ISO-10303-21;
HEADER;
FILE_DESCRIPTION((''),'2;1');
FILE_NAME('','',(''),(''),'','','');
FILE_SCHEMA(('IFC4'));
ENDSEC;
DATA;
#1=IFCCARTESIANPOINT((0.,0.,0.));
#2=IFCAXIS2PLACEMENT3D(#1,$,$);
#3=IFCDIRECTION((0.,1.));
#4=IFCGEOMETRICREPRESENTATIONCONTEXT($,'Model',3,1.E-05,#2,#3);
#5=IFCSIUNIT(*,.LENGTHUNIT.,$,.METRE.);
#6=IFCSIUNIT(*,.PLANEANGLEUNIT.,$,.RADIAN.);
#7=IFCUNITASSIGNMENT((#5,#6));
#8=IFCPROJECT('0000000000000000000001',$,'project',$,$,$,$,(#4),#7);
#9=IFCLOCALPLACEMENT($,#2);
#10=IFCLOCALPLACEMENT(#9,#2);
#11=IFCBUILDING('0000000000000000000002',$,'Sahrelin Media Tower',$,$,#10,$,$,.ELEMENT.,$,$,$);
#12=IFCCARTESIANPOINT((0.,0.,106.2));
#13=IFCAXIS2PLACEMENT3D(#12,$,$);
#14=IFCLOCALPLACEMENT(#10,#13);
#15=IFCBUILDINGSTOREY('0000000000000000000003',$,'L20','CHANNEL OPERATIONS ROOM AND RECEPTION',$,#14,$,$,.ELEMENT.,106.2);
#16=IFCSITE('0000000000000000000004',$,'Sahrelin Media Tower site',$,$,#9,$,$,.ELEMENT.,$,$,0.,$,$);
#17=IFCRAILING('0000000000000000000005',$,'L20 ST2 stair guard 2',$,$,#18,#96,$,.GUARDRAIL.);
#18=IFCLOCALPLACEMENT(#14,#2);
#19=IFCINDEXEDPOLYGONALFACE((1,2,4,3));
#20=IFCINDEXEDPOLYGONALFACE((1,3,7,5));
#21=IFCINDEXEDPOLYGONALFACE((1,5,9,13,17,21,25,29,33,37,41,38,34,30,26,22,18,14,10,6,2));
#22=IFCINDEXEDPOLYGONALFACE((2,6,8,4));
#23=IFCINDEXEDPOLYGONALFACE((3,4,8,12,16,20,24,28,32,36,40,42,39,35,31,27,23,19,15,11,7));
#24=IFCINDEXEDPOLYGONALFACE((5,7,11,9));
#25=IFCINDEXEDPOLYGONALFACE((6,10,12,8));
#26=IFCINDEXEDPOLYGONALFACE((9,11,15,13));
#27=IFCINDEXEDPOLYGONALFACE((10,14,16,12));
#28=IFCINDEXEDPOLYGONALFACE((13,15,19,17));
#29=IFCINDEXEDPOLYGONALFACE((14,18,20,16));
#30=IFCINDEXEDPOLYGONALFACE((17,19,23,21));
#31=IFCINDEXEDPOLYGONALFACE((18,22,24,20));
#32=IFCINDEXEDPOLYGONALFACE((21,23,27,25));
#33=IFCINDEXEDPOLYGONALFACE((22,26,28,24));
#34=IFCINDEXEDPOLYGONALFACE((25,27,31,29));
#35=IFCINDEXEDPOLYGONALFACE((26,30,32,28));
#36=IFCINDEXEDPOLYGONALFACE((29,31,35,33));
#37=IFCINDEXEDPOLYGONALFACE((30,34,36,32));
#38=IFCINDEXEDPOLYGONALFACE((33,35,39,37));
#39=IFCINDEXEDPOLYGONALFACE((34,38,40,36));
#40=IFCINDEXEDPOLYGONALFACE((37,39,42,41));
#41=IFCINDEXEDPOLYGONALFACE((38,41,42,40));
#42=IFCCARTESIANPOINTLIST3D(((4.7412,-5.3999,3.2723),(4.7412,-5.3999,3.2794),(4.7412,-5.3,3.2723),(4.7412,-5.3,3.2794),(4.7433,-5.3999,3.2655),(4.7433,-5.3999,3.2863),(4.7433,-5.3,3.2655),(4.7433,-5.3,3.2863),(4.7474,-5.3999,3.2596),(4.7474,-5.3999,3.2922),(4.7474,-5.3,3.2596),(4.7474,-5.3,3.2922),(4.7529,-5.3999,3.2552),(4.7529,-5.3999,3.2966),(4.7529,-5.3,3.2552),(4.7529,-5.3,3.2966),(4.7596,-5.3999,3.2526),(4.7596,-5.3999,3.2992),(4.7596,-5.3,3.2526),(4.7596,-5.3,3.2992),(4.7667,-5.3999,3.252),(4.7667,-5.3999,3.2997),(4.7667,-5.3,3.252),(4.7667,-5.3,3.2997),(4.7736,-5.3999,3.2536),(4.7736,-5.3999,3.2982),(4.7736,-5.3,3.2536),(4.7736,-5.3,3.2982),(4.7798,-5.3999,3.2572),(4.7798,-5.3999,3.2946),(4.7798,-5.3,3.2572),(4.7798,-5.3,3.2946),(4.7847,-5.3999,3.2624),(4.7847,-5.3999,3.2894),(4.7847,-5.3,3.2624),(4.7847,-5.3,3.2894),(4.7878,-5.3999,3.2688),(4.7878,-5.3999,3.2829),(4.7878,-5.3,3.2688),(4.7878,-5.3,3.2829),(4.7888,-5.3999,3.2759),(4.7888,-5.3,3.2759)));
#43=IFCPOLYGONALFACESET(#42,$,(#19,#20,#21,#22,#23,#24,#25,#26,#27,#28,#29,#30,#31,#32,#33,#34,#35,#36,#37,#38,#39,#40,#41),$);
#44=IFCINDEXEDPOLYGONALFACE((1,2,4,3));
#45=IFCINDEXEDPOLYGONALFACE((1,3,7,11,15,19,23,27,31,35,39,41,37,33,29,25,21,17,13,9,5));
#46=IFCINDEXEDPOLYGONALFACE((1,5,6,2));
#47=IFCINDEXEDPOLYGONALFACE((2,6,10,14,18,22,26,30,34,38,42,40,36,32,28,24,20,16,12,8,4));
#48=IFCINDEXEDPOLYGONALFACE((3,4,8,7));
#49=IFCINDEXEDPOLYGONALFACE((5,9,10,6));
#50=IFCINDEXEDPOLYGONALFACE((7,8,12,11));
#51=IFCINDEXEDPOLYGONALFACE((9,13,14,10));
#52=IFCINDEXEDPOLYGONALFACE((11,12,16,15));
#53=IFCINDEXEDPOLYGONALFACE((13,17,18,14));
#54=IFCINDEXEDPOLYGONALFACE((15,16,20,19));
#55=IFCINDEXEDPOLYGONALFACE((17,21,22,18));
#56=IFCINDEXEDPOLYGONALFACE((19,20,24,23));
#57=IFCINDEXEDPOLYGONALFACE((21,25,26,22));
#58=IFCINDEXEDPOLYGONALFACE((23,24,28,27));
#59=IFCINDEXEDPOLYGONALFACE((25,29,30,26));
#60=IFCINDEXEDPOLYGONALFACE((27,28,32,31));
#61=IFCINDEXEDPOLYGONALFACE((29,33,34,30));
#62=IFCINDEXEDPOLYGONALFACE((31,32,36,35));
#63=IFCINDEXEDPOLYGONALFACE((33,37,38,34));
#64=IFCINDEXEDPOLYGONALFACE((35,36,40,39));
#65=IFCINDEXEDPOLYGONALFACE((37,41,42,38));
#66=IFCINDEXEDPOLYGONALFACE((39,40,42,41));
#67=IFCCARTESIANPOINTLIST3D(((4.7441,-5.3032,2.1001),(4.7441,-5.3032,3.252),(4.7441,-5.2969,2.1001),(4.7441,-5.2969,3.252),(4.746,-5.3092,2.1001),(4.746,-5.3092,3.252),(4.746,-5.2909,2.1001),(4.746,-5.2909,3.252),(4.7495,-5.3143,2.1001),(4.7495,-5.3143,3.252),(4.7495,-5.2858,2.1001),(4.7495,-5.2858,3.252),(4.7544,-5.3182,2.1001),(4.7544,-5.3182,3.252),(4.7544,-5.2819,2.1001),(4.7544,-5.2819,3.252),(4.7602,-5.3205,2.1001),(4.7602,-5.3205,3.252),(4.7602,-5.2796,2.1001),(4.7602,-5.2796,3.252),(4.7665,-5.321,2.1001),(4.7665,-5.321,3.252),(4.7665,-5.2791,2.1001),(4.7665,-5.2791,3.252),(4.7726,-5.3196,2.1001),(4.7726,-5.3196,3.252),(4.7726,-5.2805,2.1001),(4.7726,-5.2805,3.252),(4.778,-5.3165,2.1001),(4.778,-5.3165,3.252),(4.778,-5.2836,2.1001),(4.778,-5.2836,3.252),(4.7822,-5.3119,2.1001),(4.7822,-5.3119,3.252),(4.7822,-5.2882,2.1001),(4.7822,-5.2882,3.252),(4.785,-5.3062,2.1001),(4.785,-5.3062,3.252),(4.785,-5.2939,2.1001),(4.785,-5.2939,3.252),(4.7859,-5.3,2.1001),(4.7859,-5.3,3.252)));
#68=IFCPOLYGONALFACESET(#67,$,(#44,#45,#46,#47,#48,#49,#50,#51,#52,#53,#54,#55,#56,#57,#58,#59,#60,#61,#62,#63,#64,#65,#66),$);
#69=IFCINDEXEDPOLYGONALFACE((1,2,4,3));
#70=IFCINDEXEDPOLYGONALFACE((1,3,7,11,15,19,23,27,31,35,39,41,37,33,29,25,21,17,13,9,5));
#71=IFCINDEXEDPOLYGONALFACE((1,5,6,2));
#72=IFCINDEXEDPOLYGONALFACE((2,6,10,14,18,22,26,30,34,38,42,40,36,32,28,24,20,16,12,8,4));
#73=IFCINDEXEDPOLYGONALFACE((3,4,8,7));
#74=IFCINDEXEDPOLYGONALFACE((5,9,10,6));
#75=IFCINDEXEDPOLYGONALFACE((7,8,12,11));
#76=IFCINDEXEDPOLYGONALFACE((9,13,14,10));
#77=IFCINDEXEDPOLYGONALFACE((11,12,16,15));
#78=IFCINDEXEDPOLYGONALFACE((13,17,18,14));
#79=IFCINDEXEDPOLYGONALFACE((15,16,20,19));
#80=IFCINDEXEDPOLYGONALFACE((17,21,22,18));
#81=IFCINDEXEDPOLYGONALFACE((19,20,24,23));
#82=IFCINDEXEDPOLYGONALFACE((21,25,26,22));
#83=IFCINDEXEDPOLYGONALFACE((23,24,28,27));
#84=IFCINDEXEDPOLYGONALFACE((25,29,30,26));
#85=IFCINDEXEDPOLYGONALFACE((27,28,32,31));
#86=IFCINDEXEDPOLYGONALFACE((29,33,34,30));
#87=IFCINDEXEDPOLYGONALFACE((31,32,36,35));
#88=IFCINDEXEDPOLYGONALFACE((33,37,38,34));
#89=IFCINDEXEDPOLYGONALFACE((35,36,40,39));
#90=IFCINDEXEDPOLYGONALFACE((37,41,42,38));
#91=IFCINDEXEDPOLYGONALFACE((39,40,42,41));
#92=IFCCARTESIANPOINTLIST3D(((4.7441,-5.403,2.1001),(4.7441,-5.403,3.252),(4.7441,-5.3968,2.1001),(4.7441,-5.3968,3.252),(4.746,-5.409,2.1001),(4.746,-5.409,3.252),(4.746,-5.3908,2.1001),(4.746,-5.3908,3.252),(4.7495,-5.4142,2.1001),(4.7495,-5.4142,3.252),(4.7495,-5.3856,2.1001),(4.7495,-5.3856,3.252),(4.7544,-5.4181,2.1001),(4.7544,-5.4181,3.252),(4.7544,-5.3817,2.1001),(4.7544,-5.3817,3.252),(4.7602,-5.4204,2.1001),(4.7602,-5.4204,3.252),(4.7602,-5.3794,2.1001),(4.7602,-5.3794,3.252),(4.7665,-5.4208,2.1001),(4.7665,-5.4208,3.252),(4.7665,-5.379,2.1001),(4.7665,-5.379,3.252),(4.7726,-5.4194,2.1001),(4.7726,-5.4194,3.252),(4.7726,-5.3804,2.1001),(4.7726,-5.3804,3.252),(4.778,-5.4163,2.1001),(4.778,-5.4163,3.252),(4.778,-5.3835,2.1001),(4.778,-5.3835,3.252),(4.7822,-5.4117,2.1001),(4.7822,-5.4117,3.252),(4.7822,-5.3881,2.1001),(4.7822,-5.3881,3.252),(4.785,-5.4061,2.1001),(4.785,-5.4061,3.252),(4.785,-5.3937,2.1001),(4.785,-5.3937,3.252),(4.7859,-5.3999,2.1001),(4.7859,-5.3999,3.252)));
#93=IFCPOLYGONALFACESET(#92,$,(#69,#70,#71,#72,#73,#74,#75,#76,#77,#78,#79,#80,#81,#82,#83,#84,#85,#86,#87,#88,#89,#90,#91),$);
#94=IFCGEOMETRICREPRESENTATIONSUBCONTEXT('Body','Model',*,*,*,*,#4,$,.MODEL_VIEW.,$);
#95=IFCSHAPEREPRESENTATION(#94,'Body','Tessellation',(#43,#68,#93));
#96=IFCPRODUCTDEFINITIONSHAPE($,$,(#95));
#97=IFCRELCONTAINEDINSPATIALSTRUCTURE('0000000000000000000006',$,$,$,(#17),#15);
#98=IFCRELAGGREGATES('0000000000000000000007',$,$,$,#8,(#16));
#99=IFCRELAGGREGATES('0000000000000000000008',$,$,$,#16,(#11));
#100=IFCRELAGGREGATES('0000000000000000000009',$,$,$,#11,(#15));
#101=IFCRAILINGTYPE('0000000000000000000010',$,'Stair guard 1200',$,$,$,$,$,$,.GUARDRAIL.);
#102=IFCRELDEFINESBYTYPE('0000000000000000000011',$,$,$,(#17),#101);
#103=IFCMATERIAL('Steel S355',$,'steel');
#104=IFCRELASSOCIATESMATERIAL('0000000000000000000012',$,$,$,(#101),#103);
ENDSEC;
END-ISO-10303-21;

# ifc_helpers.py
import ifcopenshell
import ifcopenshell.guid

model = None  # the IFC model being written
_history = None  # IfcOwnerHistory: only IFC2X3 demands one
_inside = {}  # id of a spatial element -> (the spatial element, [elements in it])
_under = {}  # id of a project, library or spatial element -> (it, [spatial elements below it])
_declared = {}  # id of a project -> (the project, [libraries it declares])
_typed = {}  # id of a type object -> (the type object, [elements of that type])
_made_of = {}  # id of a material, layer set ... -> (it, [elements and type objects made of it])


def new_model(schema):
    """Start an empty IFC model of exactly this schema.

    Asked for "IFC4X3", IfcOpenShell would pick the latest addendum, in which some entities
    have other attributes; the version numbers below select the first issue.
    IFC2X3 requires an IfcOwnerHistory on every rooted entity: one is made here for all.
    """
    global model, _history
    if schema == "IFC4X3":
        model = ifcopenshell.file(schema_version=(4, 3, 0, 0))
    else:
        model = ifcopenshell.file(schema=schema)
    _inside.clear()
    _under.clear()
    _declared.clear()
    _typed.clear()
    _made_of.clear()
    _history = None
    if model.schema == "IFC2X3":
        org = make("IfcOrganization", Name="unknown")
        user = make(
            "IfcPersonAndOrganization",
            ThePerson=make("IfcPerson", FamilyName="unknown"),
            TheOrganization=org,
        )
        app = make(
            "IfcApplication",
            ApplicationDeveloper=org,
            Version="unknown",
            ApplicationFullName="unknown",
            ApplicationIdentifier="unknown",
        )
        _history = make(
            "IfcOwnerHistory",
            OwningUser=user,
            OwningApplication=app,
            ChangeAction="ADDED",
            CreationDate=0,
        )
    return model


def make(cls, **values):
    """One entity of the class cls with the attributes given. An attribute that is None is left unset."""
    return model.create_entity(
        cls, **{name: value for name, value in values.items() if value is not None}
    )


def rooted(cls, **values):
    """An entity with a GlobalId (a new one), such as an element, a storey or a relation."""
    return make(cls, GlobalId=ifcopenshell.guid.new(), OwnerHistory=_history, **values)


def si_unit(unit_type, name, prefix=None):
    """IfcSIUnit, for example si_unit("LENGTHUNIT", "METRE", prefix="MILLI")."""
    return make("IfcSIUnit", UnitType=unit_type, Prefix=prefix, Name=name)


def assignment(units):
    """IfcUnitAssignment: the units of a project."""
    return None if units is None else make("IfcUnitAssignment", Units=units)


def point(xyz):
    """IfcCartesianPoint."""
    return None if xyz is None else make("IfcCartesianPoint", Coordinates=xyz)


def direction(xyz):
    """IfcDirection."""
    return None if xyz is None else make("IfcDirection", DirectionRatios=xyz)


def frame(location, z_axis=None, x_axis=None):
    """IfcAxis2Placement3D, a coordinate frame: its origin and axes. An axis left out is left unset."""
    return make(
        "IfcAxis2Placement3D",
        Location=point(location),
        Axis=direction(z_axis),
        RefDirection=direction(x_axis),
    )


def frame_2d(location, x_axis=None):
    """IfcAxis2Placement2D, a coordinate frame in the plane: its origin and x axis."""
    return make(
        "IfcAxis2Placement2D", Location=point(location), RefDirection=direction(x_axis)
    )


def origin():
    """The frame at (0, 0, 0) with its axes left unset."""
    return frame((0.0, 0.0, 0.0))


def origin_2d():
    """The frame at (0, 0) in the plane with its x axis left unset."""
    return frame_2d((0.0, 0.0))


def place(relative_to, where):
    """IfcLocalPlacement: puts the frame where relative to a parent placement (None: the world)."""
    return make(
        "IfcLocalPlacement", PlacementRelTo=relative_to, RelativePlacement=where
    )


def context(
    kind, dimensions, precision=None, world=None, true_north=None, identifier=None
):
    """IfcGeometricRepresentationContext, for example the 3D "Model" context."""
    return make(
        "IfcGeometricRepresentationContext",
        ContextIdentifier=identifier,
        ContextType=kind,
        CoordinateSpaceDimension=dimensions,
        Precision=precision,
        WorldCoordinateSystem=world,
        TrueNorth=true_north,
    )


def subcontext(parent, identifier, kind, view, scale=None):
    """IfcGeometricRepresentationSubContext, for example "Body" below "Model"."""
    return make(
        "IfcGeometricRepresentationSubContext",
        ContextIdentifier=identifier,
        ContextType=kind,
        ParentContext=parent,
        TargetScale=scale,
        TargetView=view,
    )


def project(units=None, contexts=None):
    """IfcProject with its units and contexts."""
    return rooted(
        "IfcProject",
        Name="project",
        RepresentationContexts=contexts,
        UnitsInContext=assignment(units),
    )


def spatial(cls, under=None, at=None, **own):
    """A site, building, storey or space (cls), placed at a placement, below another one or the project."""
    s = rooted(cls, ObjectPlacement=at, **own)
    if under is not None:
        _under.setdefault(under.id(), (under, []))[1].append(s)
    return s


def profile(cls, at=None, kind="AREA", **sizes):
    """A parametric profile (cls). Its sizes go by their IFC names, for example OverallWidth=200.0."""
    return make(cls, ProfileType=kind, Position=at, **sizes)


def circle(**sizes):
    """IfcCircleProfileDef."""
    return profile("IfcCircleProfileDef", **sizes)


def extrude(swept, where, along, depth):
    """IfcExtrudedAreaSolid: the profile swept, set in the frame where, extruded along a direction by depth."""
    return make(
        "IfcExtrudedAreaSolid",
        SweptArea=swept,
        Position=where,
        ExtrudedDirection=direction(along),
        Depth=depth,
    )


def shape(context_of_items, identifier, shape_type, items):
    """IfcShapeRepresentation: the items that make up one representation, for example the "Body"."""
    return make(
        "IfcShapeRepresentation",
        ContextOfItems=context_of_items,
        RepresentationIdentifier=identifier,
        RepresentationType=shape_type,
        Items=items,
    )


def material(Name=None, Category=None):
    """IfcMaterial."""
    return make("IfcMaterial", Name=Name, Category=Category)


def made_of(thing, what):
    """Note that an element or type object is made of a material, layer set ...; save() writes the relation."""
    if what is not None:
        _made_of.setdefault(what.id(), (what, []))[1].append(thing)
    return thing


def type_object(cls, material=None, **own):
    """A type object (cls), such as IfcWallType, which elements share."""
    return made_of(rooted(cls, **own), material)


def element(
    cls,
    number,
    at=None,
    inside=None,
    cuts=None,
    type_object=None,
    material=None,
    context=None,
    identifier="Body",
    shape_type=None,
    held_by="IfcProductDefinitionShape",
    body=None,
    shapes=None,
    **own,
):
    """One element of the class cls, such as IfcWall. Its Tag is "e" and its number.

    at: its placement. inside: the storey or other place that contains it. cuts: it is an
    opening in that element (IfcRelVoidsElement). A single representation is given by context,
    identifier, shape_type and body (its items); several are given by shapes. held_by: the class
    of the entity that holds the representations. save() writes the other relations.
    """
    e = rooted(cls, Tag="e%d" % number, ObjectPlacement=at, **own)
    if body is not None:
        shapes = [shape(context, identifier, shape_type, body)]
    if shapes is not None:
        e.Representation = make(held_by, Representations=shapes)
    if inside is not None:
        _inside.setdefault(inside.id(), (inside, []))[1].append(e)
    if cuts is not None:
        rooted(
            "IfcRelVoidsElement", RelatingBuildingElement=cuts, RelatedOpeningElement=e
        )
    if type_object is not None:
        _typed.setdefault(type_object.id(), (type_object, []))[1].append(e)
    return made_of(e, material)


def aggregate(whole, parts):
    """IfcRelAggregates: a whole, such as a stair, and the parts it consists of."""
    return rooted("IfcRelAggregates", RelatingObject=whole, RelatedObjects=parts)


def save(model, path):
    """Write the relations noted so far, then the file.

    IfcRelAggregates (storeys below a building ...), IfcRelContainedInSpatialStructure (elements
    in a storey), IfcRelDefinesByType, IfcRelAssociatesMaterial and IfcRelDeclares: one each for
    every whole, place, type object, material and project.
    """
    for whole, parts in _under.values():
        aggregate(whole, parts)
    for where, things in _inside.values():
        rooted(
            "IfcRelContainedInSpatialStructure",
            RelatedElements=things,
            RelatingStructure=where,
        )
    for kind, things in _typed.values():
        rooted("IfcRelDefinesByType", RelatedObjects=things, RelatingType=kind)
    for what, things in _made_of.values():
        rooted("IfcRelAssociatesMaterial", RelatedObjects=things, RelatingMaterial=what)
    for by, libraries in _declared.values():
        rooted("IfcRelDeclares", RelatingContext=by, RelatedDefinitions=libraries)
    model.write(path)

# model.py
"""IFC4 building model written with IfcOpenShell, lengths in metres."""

from ifc_helpers import new_model, si_unit, direction, frame, origin, origin_2d, place, context, subcontext, project, spatial, circle, extrude, material, type_object, element, save


model = new_model("IFC4")

# Units and contexts
model_context = context("Model", 3, precision=1e-05, world=origin(), true_north=direction((0.0, 1.0)))
body_context = subcontext(model_context, "Body", "Model", "MODEL_VIEW")
ifc_project = project(units=[si_unit("LENGTHUNIT", "METRE"), si_unit("PLANEANGLEUNIT", "RADIAN")], contexts=[model_context])

# Site, building, storey
site_placement = place(None, origin())
site = spatial("IfcSite", under=ifc_project, at=site_placement, Name="Sahrelin Media Tower site", CompositionType="ELEMENT", RefElevation=0.0)
building_placement = place(site_placement, origin())
building = spatial("IfcBuilding", under=site, at=building_placement, Name="Sahrelin Media Tower", CompositionType="ELEMENT")
storey_placement = place(building_placement, frame((0.0, 0.0, 106.2)))
storey = spatial("IfcBuildingStorey", under=building, at=storey_placement, Name="L20", Description="CHANNEL OPERATIONS ROOM AND RECEPTION", CompositionType="ELEMENT", Elevation=106.2)

# Shared definitions
ifc_material_1 = material(Name="Steel S355", Category="steel")

# Railing
railing_type_1 = type_object("IfcRailingType", Name="Stair guard 1200", PredefinedType="GUARDRAIL", material=ifc_material_1)
railing_1_placement = place(storey_placement, frame((4.7649, -5.3, 2.1001)))
element("IfcRailing", 1, at=railing_1_placement, inside=storey, type_object=railing_type_1, Name="L20 ST2 stair guard 2", PredefinedType="GUARDRAIL", context=body_context, shape_type="SweptSolid", body=[
    extrude(circle(Radius=0.0239, at=origin_2d()), frame((0.0, 0.0, 1.1758), z_axis=(0.0, -1.0, 0.0), x_axis=(1.0, 0.0, 0.0)), (0.0, 0.0, 1.0), 0.0999),
    extrude(circle(Radius=0.021, at=origin_2d()), origin(), (0.0, 0.0, 1.0), 1.1519),
    extrude(circle(Radius=0.021, at=origin_2d()), frame((0.0, -0.0999, 0.0)), (0.0, 0.0, 1.0), 1.1519),
])

save(model, "model.ifc")
